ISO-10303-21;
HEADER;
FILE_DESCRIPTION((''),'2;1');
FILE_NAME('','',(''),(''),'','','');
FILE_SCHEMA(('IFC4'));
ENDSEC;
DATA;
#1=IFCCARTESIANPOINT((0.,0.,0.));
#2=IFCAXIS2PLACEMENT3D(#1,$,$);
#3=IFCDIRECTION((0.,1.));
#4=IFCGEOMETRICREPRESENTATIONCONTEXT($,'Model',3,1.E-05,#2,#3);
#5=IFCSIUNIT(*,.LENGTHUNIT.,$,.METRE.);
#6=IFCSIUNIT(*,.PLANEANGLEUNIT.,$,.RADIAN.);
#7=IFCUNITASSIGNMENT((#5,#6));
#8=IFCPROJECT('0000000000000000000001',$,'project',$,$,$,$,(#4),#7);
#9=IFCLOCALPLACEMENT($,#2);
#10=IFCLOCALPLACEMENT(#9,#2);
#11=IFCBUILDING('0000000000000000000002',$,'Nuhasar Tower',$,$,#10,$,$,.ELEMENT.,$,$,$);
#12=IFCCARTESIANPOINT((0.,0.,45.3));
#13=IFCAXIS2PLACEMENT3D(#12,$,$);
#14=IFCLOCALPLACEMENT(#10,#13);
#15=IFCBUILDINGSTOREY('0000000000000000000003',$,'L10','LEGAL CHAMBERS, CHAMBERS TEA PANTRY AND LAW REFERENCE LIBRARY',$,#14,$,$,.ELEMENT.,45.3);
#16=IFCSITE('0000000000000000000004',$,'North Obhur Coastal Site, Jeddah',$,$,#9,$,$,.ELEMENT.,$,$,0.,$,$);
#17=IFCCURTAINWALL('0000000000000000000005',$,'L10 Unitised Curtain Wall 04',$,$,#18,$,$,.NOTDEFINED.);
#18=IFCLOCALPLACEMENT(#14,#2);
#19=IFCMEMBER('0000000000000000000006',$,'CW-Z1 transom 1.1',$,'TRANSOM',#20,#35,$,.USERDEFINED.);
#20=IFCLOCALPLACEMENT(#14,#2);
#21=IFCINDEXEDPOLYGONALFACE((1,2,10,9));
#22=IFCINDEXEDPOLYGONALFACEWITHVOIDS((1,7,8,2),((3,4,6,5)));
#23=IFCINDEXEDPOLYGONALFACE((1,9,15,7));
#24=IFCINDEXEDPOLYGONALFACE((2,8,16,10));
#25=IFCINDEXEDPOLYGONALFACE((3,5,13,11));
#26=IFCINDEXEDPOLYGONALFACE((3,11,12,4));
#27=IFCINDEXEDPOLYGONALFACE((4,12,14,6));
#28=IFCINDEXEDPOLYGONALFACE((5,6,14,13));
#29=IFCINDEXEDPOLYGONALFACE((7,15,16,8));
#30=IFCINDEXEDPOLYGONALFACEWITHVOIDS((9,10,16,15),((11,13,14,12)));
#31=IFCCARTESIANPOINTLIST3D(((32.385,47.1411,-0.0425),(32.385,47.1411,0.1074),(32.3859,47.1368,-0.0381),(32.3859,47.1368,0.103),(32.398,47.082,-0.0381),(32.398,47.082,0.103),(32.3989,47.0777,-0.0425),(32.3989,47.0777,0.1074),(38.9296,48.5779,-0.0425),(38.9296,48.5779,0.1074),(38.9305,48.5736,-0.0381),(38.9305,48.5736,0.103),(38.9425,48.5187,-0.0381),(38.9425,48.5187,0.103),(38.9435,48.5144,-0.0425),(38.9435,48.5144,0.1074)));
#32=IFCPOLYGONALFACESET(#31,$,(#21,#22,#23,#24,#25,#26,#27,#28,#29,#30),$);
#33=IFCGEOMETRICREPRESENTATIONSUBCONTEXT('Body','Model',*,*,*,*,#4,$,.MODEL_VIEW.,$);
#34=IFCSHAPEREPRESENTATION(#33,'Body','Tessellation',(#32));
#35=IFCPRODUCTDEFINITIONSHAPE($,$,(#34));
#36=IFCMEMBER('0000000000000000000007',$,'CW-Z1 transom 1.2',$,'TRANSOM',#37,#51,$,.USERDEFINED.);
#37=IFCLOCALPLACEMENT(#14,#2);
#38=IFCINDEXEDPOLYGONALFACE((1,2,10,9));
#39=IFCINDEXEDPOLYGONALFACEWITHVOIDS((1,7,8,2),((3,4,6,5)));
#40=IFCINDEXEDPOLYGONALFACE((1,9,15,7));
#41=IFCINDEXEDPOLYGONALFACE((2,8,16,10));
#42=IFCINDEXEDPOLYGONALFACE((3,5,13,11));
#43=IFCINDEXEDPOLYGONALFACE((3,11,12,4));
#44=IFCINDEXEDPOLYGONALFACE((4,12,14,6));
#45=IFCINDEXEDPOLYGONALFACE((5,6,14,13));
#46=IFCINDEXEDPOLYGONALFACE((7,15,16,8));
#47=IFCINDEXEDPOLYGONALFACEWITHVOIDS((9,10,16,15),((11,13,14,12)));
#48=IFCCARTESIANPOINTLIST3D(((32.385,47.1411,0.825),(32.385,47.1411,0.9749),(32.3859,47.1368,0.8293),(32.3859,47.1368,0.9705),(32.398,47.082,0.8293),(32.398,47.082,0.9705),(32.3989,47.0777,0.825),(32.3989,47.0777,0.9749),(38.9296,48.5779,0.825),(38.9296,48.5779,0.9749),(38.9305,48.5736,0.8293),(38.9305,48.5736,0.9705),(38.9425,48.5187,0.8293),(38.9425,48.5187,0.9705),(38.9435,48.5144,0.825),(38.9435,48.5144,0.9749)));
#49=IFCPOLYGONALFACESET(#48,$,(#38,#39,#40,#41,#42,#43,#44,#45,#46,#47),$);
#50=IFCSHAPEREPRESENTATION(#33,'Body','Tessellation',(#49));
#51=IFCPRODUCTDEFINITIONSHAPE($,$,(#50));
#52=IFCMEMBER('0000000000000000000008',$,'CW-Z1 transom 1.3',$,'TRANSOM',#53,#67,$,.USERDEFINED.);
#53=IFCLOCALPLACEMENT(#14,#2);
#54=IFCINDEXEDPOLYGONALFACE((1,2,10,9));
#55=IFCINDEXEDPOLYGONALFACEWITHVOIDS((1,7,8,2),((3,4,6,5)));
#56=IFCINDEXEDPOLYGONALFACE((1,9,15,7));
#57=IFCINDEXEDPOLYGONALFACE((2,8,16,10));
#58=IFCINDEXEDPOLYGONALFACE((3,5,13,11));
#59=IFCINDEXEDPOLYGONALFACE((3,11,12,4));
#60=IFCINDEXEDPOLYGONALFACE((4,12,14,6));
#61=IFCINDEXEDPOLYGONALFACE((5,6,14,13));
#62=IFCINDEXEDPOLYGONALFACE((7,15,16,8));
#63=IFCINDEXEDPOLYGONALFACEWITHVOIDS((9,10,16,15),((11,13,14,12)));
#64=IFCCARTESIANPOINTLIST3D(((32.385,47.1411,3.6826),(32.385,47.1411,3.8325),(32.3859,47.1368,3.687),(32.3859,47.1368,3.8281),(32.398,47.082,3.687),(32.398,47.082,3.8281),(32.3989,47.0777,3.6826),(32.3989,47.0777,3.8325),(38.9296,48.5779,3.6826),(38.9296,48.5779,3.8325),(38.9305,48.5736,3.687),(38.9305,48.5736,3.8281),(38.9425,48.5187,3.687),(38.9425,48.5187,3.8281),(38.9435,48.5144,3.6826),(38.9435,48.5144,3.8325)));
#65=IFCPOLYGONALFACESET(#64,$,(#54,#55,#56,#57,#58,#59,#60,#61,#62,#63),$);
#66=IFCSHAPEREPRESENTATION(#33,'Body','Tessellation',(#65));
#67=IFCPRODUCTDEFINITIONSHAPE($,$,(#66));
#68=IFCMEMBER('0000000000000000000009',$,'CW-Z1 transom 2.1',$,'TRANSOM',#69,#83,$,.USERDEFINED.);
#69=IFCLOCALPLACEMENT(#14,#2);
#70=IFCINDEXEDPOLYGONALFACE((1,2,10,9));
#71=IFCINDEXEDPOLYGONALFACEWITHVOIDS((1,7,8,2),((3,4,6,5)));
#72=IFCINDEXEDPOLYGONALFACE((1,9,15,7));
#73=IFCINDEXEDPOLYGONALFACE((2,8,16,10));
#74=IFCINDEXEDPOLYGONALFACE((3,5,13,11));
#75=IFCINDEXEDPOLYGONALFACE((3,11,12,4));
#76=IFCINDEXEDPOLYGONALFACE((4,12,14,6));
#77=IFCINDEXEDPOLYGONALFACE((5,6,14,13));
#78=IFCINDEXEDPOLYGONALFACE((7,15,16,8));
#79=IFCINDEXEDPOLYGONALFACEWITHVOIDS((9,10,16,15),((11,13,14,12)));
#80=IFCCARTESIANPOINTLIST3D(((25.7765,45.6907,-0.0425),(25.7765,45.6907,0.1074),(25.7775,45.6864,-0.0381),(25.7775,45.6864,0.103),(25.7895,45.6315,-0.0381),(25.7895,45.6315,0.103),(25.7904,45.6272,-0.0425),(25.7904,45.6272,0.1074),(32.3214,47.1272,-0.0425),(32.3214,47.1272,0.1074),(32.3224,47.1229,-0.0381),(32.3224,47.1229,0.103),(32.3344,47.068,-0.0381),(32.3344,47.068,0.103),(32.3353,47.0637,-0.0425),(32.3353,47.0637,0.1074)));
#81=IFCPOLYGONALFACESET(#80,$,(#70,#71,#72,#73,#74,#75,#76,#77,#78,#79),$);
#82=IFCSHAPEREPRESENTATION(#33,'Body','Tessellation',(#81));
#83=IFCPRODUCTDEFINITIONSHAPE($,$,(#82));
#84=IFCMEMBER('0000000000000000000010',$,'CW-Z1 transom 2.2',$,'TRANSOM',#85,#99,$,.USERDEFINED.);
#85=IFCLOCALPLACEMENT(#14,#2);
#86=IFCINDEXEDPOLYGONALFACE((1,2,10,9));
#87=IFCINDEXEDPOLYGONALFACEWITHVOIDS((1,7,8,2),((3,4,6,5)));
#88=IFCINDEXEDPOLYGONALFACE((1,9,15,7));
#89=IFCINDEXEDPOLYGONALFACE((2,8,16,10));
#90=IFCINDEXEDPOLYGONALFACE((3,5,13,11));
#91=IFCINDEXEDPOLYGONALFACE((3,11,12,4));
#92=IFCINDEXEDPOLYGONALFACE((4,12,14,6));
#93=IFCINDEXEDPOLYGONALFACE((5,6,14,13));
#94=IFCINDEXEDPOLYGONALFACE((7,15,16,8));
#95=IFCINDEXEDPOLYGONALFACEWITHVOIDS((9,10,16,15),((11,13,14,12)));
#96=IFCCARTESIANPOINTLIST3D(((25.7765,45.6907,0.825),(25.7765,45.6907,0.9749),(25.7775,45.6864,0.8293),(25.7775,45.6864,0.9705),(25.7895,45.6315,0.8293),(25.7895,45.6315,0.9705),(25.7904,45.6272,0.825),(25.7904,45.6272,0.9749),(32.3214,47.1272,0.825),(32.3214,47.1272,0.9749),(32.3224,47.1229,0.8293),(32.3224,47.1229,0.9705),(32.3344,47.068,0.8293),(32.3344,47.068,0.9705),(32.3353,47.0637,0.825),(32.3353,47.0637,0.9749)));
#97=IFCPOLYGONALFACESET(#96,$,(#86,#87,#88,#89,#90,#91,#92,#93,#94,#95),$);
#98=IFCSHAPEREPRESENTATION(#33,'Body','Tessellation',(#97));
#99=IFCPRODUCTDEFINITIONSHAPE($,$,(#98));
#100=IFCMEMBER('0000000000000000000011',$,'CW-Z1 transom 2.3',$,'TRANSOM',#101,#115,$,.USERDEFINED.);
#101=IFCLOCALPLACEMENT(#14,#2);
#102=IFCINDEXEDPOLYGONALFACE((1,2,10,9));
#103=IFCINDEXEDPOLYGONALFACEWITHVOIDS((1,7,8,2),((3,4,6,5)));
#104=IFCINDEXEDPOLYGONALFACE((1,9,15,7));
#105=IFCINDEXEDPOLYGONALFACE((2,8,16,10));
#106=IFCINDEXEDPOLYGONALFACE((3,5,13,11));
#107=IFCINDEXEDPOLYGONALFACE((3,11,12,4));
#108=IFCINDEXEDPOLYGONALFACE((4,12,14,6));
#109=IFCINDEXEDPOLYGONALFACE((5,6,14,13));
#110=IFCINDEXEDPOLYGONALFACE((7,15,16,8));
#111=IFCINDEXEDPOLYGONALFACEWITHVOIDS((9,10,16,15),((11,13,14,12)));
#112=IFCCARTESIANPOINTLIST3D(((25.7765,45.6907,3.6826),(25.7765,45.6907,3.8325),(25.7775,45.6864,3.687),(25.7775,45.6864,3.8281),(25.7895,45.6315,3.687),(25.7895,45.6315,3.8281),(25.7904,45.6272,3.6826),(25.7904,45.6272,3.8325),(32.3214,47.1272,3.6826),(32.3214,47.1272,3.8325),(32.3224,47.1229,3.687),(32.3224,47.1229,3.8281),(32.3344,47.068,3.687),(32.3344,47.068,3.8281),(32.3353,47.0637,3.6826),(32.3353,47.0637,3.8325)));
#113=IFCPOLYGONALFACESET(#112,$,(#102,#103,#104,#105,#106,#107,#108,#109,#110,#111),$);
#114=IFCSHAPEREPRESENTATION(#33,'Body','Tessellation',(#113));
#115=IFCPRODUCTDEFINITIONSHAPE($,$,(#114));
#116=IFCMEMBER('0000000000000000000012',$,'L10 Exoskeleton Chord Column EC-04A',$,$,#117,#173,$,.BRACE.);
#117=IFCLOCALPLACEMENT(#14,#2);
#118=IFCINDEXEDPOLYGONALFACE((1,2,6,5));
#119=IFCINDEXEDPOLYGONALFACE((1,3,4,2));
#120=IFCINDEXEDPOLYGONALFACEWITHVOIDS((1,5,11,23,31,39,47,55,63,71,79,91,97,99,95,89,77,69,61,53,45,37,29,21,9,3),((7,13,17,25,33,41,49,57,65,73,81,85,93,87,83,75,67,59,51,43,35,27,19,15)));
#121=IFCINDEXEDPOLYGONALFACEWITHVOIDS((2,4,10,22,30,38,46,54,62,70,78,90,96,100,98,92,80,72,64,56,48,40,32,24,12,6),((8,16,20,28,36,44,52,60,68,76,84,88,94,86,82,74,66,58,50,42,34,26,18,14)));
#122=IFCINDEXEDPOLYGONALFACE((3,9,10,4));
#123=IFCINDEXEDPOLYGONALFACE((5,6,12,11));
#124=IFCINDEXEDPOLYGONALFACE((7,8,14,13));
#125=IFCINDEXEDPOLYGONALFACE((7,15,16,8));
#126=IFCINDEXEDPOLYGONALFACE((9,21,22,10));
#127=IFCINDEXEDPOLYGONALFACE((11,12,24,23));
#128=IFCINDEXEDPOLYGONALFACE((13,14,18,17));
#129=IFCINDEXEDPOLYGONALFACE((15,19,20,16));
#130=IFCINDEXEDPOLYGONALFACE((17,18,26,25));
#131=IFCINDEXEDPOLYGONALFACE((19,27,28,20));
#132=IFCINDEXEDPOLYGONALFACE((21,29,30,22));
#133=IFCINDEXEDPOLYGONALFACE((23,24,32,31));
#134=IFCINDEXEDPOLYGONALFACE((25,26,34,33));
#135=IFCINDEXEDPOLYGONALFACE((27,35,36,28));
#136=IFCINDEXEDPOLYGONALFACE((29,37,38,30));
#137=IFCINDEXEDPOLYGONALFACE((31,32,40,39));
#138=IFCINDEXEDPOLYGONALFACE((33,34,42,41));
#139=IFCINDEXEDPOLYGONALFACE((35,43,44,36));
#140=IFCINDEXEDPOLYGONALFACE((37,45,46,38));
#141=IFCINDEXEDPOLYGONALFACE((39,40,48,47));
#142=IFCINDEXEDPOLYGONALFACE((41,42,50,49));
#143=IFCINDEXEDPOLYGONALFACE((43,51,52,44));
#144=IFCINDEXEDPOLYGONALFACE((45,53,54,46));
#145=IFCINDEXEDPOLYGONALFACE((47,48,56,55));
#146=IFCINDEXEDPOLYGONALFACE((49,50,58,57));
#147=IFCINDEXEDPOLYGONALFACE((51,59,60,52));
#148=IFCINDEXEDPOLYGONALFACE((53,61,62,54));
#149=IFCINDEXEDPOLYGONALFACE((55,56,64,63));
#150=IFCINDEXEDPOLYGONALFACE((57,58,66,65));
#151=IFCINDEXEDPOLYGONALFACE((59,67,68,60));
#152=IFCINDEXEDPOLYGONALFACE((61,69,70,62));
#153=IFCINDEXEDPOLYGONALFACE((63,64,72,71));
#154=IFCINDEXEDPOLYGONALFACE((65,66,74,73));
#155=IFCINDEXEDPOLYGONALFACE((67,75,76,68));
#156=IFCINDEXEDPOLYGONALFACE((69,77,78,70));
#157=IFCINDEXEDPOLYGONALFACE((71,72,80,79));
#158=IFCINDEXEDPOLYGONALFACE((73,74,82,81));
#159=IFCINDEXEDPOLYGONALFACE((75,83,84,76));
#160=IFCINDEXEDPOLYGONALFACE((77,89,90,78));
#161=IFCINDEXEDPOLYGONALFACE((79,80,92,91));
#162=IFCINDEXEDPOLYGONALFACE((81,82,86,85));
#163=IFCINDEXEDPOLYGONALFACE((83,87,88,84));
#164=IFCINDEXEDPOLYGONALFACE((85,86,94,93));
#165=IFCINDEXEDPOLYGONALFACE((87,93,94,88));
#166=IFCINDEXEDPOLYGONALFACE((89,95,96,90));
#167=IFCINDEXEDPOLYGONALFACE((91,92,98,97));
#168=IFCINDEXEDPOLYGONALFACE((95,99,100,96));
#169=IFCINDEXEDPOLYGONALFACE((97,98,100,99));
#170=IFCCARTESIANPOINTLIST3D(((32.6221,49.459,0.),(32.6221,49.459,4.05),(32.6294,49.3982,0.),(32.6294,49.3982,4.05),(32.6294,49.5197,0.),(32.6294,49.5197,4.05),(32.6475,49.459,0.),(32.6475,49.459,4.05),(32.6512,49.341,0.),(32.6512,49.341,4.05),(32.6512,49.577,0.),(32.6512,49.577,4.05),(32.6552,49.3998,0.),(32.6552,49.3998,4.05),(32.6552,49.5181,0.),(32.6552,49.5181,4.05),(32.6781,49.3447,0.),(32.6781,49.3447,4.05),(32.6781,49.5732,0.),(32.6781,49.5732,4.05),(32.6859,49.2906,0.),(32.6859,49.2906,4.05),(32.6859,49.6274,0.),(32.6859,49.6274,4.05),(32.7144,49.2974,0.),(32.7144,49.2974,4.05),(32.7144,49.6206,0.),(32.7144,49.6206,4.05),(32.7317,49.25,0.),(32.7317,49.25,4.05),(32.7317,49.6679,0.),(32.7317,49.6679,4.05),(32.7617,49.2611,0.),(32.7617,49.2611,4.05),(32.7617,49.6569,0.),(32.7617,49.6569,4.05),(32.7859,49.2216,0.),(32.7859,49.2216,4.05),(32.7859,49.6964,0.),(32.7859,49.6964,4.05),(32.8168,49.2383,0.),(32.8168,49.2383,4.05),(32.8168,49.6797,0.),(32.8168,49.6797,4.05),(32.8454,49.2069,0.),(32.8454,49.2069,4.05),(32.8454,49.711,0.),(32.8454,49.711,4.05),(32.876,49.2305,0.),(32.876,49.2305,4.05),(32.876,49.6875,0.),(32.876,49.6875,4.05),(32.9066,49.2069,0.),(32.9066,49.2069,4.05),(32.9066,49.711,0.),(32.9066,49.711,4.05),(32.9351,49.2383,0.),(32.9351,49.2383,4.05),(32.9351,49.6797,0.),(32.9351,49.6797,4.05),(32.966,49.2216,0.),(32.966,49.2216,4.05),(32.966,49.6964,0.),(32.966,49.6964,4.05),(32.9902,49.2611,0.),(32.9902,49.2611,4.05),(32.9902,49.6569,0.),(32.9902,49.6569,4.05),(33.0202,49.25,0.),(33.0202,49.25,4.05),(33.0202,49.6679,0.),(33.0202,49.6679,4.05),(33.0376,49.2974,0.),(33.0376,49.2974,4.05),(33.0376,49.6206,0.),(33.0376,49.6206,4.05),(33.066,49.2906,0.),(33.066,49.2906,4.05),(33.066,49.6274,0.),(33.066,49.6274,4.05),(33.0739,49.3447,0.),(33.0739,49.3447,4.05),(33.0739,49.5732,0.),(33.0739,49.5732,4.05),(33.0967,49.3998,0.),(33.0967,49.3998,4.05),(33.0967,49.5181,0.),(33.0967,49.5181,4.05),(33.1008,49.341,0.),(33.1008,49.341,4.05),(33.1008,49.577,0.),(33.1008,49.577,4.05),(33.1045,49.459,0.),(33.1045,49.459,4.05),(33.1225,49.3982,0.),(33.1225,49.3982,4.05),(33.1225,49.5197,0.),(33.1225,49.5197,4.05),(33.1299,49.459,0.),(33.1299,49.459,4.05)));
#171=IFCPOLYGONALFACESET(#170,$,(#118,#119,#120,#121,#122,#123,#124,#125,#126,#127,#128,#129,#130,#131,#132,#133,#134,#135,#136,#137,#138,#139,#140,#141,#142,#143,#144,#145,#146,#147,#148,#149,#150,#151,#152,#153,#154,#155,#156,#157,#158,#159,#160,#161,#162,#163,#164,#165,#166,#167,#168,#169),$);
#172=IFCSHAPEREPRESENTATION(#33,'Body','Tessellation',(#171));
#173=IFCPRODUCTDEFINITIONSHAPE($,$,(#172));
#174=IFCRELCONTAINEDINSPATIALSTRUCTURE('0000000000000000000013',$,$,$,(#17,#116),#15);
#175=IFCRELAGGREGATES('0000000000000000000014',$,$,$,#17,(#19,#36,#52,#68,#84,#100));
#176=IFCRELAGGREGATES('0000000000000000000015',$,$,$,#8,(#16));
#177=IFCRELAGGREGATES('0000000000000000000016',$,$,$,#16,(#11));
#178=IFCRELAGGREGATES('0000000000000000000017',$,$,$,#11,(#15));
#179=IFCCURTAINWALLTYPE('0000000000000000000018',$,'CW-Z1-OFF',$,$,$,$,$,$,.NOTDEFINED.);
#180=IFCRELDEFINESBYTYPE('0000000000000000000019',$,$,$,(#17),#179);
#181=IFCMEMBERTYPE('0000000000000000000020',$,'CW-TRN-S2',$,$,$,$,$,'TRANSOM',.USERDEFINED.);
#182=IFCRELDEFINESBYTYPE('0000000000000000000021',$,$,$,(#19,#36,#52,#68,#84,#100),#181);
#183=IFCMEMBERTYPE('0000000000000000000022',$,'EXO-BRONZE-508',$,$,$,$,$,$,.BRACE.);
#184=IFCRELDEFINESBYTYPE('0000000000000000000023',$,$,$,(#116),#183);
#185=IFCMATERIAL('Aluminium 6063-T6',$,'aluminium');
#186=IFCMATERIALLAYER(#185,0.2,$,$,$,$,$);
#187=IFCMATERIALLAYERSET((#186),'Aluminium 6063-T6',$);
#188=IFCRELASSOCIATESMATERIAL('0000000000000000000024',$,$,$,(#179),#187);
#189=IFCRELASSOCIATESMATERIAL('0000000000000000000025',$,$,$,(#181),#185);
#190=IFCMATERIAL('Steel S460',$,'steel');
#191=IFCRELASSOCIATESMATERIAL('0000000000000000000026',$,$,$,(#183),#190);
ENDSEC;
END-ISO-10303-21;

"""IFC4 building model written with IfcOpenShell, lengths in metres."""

from ifc_helpers import new_model, si_unit, direction, frame, origin, origin_2d, place, context, subcontext, project, spatial, hollow_rectangle, hollow_circle, extrude, material, layer, layer_set, material_profile, profile_set, type_object, element, aggregate, save


model = new_model("IFC4")

# Units and contexts
model_context = context("Model", 3, precision=1e-05, world=origin(), true_north=direction((0.0, 1.0)))
body_context = subcontext(model_context, "Body", "Model", "MODEL_VIEW")
ifc_project = project(units=[si_unit("LENGTHUNIT", "METRE"), si_unit("PLANEANGLEUNIT", "RADIAN")], contexts=[model_context])

# Site, building, storey
site_placement = place(None, origin())
site = spatial("IfcSite", under=ifc_project, at=site_placement, Name="North Obhur Coastal Site, Jeddah", CompositionType="ELEMENT", RefElevation=0.0)
building_placement = place(site_placement, origin())
building = spatial("IfcBuilding", under=site, at=building_placement, Name="Nuhasar Tower", CompositionType="ELEMENT")
storey_placement = place(building_placement, frame((0.0, 0.0, 45.3)))
storey = spatial("IfcBuildingStorey", under=building, at=storey_placement, Name="L10", Description="LEGAL CHAMBERS, CHAMBERS TEA PANTRY AND LAW REFERENCE LIBRARY", CompositionType="ELEMENT", Elevation=45.3)

# Curtain wall, members
ifc_material_1 = material(Name="Aluminium 6063-T6", Category="aluminium")
ifc_layer_1 = layer(ifc_material_1, 0.2)
ifc_layer_set_1 = layer_set([ifc_layer_1], Name="Aluminium 6063-T6")
curtain_wall_type = type_object("IfcCurtainWallType", Name="CW-Z1-OFF", PredefinedType="NOTDEFINED", material=ifc_layer_set_1)
curtain_wall_placement = place(storey_placement, origin())
curtain_wall = element("IfcCurtainWall", 1, at=curtain_wall_placement, inside=storey, type_object=curtain_wall_type, Name="L10 Unitised Curtain Wall 04", PredefinedType="NOTDEFINED")
ifc_material_profile_1 = material_profile(ifc_material_1, hollow_rectangle(XDim=0.0649, YDim=0.1499, WallThickness=0.0044, at=origin_2d()), Name="CWT-2")
ifc_profile_set_1 = profile_set([ifc_material_profile_1], Name="Aluminium 6063-T6")
member_type_1 = type_object("IfcMemberType", Name="CW-TRN-S2", ElementType="TRANSOM", PredefinedType="USERDEFINED", material=ifc_profile_set_1)
member_1_placement = place(storey_placement, frame((38.9365, 48.5461, 0.0325), z_axis=(-0.97674, -0.214426, 0.0), x_axis=(0.214426, -0.97674, 0.0)))
member_1 = element("IfcMember", 2, at=member_1_placement, type_object=member_type_1, Name="CW-Z1 transom 1.1", ObjectType="TRANSOM", PredefinedType="USERDEFINED", context=body_context, shape_type="SweptSolid", body=[
    extrude(hollow_rectangle(XDim=0.0649, YDim=0.1499, WallThickness=0.0044, at=origin_2d()), origin(), (0.0, 0.0, 1.0), 6.7004),
])
member_2_placement = place(storey_placement, frame((38.9365, 48.5461, 0.8999), z_axis=(-0.97674, -0.214426, 0.0), x_axis=(0.214426, -0.97674, 0.0)))
member_2 = element("IfcMember", 3, at=member_2_placement, type_object=member_type_1, Name="CW-Z1 transom 1.2", ObjectType="TRANSOM", PredefinedType="USERDEFINED", context=body_context, shape_type="SweptSolid", body=[
    extrude(hollow_rectangle(XDim=0.0649, YDim=0.1499, WallThickness=0.0044, at=origin_2d()), origin(), (0.0, 0.0, 1.0), 6.7004),
])
member_3_placement = place(storey_placement, frame((38.9365, 48.5461, 3.7576), z_axis=(-0.97674, -0.214426, 0.0), x_axis=(0.214426, -0.97674, 0.0)))
member_3 = element("IfcMember", 4, at=member_3_placement, type_object=member_type_1, Name="CW-Z1 transom 1.3", ObjectType="TRANSOM", PredefinedType="USERDEFINED", context=body_context, shape_type="SweptSolid", body=[
    extrude(hollow_rectangle(XDim=0.0649, YDim=0.1499, WallThickness=0.0044, at=origin_2d()), origin(), (0.0, 0.0, 1.0), 6.7004),
])
member_4_placement = place(storey_placement, frame((32.3284, 47.0955, 0.0325), z_axis=(-0.97675, -0.214384, 0.0), x_axis=(0.214384, -0.97675, 0.0)))
member_4 = element("IfcMember", 5, at=member_4_placement, type_object=member_type_1, Name="CW-Z1 transom 2.1", ObjectType="TRANSOM", PredefinedType="USERDEFINED", context=body_context, shape_type="SweptSolid", body=[
    extrude(hollow_rectangle(XDim=0.0649, YDim=0.1499, WallThickness=0.0044, at=origin_2d()), origin(), (0.0, 0.0, 1.0), 6.7007),
])
member_5_placement = place(storey_placement, frame((32.3284, 47.0955, 0.8999), z_axis=(-0.97675, -0.214384, 0.0), x_axis=(0.214384, -0.97675, 0.0)))
member_5 = element("IfcMember", 6, at=member_5_placement, type_object=member_type_1, Name="CW-Z1 transom 2.2", ObjectType="TRANSOM", PredefinedType="USERDEFINED", context=body_context, shape_type="SweptSolid", body=[
    extrude(hollow_rectangle(XDim=0.0649, YDim=0.1499, WallThickness=0.0044, at=origin_2d()), origin(), (0.0, 0.0, 1.0), 6.7007),
])
member_6_placement = place(storey_placement, frame((32.3284, 47.0955, 3.7576), z_axis=(-0.97675, -0.214384, 0.0), x_axis=(0.214384, -0.97675, 0.0)))
member_6 = element("IfcMember", 7, at=member_6_placement, type_object=member_type_1, Name="CW-Z1 transom 2.3", ObjectType="TRANSOM", PredefinedType="USERDEFINED", context=body_context, shape_type="SweptSolid", body=[
    extrude(hollow_rectangle(XDim=0.0649, YDim=0.1499, WallThickness=0.0044, at=origin_2d()), origin(), (0.0, 0.0, 1.0), 6.7007),
])

# Member
ifc_material_2 = material(Name="Steel S460", Category="steel")
ifc_material_profile_2 = material_profile(ifc_material_2, hollow_circle(Radius=0.2539, WallThickness=0.0254, at=origin_2d()), Name="HSS508X25.4")
ifc_profile_set_2 = profile_set([ifc_material_profile_2], Name="Steel S460")
member_type_2 = type_object("IfcMemberType", Name="EXO-BRONZE-508", PredefinedType="BRACE", material=ifc_profile_set_2)
for number, where, z_axis, x_axis, name in (
    (8, (32.876, 49.459, 0.0), (0.0, 0.0, 1.0), (1.0, 0.0, 0.0), "L10 Exoskeleton Chord Column EC-04A"),
):
    element("IfcMember", number, at=place(storey_placement, frame(where, z_axis=z_axis, x_axis=x_axis)), inside=storey, type_object=member_type_2, Name=name, PredefinedType="BRACE", context=body_context, shape_type="SweptSolid", body=[
        extrude(hollow_circle(Radius=0.2539, WallThickness=0.0254, at=origin_2d()), origin(), (0.0, 0.0, 1.0), 4.05),
    ])

aggregate(curtain_wall, [member_1, member_2, member_3, member_4, member_5, member_6])

save(model, "model.ifc")
